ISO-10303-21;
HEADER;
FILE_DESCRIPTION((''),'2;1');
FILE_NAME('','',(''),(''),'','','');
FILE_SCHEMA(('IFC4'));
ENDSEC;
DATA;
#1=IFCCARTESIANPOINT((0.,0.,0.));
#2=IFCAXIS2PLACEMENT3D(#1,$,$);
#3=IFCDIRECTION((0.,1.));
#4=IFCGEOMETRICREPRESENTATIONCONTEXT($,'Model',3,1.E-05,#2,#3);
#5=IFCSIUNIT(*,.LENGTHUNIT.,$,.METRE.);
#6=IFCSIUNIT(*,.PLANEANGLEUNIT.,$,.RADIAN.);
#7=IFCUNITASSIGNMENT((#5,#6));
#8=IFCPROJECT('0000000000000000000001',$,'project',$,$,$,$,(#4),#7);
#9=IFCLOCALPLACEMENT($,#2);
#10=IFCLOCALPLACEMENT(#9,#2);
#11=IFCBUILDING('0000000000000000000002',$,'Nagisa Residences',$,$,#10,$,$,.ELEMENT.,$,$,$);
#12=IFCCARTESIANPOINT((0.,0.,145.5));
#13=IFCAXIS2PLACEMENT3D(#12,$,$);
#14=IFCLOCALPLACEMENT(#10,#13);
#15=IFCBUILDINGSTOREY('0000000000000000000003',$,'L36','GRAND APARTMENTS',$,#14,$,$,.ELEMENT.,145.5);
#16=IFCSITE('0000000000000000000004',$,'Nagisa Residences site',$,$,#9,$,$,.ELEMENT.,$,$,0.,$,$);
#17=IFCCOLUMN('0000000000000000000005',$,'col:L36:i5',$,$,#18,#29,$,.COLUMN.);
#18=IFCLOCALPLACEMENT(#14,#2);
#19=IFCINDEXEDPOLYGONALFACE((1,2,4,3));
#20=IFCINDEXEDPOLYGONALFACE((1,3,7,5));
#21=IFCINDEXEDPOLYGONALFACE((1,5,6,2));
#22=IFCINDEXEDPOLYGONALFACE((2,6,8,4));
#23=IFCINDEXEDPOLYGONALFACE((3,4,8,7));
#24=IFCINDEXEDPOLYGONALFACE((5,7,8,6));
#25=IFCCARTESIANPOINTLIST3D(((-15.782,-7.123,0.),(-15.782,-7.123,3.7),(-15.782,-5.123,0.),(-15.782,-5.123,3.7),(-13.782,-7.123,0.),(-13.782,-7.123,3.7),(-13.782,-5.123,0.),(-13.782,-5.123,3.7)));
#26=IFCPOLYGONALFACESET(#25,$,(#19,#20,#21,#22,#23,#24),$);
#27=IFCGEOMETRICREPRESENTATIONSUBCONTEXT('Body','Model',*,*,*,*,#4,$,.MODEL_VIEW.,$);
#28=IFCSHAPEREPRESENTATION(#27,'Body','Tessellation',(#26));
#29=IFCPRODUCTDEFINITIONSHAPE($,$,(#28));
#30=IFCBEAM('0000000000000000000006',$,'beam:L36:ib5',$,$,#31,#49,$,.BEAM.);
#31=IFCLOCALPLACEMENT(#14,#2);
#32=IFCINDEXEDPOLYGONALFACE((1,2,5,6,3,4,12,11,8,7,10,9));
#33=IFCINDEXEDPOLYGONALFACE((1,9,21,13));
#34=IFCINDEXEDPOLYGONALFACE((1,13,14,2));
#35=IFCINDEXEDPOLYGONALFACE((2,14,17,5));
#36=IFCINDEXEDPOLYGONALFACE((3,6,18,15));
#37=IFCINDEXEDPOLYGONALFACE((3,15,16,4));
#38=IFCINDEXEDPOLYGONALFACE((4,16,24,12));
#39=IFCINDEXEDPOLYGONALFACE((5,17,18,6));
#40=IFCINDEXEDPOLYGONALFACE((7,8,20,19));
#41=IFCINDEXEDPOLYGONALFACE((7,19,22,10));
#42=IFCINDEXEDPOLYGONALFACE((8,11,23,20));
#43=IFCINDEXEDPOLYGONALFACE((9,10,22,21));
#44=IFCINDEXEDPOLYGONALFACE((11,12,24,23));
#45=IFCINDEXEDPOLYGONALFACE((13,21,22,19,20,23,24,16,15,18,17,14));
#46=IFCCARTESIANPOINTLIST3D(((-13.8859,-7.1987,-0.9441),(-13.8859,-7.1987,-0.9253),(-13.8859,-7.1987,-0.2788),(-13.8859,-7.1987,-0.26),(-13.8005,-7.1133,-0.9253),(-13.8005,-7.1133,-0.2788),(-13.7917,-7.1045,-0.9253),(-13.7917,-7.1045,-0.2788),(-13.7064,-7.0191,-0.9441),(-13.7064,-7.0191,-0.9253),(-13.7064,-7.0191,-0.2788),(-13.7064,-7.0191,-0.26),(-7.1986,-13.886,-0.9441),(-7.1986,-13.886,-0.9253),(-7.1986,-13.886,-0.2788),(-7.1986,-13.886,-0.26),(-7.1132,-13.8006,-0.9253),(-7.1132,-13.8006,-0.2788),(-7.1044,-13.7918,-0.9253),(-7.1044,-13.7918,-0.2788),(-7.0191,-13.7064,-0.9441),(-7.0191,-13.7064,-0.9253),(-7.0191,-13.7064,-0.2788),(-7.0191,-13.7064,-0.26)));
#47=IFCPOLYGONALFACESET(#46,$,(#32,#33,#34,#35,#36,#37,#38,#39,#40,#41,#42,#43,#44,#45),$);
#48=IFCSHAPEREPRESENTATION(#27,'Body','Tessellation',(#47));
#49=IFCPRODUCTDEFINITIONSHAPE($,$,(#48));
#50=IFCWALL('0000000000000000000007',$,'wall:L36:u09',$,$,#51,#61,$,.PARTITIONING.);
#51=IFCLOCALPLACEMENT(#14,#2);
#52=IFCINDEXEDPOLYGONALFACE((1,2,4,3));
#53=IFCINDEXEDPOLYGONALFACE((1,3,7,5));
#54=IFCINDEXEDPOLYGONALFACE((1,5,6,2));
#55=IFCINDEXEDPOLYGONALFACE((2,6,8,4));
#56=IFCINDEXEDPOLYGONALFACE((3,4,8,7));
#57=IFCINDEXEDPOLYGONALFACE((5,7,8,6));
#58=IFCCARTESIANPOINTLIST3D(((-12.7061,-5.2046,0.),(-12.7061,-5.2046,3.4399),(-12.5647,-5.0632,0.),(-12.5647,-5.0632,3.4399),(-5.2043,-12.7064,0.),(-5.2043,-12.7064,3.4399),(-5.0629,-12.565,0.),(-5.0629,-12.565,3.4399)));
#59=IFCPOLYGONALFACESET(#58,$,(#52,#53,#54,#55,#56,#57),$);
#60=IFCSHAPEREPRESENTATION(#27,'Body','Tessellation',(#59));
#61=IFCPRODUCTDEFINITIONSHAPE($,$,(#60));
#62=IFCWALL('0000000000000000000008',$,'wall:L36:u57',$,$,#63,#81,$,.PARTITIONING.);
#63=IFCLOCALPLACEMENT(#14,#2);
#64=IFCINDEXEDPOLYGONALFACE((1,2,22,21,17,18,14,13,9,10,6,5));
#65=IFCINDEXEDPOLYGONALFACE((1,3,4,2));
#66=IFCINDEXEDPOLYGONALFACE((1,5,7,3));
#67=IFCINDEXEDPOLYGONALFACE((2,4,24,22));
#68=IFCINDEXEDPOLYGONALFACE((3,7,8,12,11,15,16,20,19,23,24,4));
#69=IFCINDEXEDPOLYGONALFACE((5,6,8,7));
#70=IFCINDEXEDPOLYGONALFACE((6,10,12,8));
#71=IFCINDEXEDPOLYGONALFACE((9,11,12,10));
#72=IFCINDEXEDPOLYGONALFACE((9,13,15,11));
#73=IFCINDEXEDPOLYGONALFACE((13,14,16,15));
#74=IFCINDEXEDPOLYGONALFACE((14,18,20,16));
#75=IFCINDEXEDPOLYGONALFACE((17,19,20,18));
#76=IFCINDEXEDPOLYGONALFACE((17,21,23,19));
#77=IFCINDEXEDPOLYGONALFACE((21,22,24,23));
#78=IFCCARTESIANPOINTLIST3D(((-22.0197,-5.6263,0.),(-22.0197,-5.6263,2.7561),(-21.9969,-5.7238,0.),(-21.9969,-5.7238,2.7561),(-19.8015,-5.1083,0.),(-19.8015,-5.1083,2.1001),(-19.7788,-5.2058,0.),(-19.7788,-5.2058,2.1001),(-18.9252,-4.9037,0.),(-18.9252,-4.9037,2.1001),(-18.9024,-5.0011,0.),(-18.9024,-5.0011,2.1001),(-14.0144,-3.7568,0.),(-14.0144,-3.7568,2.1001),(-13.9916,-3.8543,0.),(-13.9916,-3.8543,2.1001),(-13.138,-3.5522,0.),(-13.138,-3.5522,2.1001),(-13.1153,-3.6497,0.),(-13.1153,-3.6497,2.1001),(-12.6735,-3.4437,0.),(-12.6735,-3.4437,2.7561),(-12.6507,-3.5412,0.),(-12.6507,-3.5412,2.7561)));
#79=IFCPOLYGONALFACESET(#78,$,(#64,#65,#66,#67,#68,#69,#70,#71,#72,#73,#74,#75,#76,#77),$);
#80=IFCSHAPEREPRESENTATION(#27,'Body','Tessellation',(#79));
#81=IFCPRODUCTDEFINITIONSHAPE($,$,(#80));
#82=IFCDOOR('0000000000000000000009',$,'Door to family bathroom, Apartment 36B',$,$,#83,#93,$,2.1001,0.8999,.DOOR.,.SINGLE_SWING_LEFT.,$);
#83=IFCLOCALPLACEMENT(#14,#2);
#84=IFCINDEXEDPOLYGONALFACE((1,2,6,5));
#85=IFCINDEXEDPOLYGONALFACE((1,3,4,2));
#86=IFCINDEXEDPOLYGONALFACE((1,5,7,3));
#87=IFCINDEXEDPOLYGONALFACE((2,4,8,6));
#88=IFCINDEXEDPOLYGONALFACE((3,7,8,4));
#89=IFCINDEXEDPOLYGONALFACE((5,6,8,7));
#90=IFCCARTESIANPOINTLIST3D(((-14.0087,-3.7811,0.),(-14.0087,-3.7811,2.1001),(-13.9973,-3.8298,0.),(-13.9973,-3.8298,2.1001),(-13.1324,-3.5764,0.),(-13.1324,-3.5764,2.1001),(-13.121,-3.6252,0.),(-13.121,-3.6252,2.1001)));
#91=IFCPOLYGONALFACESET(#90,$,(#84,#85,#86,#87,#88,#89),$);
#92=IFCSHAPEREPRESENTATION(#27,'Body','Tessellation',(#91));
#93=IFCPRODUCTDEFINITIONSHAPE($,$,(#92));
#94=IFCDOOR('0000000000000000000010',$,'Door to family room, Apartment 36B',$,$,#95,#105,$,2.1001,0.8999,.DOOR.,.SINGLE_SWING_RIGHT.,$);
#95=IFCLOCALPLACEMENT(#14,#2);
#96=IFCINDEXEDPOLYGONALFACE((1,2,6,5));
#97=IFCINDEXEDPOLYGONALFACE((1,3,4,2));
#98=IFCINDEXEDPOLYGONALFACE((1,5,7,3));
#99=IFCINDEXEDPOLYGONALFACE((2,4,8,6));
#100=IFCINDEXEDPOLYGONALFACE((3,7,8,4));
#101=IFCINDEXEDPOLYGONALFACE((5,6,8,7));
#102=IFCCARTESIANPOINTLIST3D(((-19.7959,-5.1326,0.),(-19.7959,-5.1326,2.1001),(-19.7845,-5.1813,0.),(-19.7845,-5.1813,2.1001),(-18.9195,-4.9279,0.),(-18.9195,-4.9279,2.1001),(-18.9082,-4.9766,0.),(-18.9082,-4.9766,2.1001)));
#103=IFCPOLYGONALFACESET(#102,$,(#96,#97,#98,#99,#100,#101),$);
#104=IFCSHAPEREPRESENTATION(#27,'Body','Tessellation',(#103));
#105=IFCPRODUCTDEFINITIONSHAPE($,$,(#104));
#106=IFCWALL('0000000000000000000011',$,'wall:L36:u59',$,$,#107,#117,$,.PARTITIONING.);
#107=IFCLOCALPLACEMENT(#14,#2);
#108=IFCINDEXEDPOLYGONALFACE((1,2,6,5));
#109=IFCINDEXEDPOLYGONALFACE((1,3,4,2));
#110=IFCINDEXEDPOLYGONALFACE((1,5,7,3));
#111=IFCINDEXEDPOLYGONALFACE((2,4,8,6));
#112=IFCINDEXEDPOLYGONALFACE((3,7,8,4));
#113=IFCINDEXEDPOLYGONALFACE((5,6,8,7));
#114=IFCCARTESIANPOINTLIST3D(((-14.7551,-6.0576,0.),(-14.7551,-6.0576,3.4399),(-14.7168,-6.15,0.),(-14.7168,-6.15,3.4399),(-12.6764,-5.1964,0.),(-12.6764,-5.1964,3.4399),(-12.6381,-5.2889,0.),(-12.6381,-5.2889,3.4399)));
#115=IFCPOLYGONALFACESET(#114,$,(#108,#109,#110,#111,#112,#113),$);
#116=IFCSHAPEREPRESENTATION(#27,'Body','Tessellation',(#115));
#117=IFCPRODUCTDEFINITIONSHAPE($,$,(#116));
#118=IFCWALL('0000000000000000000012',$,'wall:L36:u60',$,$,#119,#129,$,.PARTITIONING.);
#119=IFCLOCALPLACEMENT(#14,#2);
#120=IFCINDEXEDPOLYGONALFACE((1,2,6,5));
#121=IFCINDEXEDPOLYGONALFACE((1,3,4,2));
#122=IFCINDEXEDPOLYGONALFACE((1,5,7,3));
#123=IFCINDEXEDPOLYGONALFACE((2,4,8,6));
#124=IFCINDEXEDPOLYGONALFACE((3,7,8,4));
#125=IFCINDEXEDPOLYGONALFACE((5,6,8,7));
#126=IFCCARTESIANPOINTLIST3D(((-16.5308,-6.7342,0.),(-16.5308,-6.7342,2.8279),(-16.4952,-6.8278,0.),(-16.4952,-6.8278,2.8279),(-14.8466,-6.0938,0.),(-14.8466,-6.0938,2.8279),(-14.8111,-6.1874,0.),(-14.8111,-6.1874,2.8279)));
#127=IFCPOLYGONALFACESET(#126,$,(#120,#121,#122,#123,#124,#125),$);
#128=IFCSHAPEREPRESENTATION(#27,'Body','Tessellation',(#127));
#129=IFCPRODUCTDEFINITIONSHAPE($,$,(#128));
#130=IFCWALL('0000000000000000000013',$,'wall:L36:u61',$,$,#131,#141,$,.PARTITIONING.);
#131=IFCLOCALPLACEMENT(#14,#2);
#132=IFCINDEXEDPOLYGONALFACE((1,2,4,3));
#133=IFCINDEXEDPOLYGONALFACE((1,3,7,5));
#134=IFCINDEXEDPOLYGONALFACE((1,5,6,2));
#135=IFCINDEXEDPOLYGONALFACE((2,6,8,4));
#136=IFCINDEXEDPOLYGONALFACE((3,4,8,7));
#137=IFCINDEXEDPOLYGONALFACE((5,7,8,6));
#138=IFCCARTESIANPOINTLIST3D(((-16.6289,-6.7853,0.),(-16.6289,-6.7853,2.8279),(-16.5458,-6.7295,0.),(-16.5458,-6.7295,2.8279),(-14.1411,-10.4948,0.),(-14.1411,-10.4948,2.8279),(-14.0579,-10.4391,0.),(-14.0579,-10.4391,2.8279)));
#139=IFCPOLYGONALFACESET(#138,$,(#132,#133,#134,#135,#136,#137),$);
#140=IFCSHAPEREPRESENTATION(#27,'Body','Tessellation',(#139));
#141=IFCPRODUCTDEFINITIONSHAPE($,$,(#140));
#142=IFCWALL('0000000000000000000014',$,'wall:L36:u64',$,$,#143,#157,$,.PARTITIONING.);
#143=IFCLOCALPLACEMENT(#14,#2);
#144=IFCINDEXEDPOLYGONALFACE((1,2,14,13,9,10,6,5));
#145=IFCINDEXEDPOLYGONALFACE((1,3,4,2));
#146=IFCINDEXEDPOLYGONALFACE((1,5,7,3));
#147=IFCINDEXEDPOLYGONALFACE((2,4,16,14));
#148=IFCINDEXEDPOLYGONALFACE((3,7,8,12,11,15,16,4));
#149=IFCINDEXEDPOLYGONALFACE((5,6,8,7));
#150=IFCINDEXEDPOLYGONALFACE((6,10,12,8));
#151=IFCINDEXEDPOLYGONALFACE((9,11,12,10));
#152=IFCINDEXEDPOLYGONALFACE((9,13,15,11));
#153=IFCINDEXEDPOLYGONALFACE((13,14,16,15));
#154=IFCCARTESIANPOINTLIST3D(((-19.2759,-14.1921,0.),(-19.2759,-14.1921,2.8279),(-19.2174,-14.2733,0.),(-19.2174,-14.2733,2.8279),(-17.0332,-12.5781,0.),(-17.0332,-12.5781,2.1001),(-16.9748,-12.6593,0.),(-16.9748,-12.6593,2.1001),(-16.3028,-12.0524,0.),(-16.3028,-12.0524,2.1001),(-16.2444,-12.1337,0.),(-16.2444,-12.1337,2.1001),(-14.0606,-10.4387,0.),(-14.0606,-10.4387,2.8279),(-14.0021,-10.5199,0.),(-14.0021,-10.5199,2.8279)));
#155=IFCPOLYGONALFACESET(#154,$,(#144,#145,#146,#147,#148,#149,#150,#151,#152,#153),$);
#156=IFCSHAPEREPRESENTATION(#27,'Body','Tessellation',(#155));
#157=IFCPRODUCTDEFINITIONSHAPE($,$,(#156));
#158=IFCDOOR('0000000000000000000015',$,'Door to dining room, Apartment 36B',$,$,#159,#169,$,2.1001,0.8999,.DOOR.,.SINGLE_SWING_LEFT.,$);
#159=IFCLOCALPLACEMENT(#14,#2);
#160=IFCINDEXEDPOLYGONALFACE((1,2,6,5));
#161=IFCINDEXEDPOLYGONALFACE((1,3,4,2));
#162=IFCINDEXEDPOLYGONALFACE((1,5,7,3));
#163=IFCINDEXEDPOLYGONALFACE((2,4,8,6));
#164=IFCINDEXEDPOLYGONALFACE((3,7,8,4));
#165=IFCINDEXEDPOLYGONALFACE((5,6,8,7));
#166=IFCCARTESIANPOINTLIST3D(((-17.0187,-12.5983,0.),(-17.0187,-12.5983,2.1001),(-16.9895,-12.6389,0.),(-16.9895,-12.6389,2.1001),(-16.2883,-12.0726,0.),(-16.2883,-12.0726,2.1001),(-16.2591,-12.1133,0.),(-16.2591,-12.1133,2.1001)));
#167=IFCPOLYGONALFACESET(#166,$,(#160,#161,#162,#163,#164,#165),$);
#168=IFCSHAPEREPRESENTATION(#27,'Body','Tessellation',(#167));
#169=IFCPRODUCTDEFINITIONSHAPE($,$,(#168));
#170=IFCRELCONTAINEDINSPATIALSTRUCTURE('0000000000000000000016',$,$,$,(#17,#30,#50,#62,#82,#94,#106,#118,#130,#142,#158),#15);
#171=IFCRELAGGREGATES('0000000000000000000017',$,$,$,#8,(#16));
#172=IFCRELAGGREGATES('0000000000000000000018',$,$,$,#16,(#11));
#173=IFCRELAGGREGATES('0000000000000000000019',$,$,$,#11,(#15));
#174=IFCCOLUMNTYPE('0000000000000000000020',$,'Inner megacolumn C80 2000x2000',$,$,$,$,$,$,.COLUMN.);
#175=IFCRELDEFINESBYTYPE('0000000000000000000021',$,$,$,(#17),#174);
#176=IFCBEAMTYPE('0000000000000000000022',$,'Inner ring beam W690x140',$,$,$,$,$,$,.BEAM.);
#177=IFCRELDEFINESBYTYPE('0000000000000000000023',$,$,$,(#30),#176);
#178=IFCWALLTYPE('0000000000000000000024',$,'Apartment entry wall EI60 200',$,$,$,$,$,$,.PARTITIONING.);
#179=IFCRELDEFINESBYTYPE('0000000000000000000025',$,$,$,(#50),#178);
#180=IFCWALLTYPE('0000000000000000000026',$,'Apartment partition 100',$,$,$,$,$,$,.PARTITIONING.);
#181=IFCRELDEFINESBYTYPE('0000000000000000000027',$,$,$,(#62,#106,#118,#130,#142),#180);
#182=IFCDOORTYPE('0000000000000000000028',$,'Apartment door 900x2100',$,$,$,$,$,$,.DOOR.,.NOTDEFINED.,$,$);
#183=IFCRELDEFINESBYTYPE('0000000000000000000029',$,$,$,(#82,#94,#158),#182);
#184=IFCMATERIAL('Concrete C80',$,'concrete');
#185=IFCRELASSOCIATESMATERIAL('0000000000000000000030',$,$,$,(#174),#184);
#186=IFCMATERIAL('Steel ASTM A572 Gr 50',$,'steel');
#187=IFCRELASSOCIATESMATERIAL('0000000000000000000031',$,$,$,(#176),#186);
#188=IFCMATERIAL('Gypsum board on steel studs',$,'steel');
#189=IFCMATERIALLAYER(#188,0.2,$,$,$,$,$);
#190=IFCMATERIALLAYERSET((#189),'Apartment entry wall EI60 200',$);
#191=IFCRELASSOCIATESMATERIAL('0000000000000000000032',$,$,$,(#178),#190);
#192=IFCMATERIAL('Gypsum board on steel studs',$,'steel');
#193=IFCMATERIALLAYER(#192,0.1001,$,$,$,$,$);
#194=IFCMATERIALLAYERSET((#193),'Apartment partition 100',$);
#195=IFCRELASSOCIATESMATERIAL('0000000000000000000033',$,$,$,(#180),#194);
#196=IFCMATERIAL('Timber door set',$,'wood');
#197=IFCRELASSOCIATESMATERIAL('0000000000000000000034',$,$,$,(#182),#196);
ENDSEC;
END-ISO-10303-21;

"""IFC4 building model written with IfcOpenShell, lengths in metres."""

from ifc_helpers import new_model, si_unit, direction, frame, frame_2d, origin, origin_2d, place, context, subcontext, project, spatial, rectangle, i_section, extrude, material, layer, layer_set, material_profile, profile_set, type_object, element, fill, save


model = new_model("IFC4")

# Units and contexts
model_context = context("Model", 3, precision=1e-05, world=origin(), true_north=direction((0.0, 1.0)))
body_context = subcontext(model_context, "Body", "Model", "MODEL_VIEW")
ifc_project = project(units=[si_unit("LENGTHUNIT", "METRE"), si_unit("PLANEANGLEUNIT", "RADIAN")], contexts=[model_context])

# Site, building, storey
site_placement = place(None, origin())
site = spatial("IfcSite", under=ifc_project, at=site_placement, Name="Nagisa Residences site", CompositionType="ELEMENT", RefElevation=0.0)
building_placement = place(site_placement, origin())
building = spatial("IfcBuilding", under=site, at=building_placement, Name="Nagisa Residences", CompositionType="ELEMENT")
storey_placement = place(building_placement, frame((0.0, 0.0, 145.5)))
storey = spatial("IfcBuildingStorey", under=building, at=storey_placement, Name="L36", Description="GRAND APARTMENTS", CompositionType="ELEMENT", Elevation=145.5)

# Column
ifc_material_1 = material(Name="Concrete C80", Category="concrete")
ifc_material_profile_1 = material_profile(ifc_material_1, rectangle(XDim=2.0, YDim=2.0, at=origin_2d()), Name="C80 2000x2000")
ifc_profile_set_1 = profile_set([ifc_material_profile_1], Name="Concrete C80")
column_type = type_object("IfcColumnType", Name="Inner megacolumn C80 2000x2000", PredefinedType="COLUMN", material=ifc_profile_set_1)
column_placement = place(storey_placement, frame((-14.782, -6.123, 0.0), z_axis=(0.0, 0.0, 1.0), x_axis=(1.0, 0.0, 0.0)))
element("IfcColumn", 1, at=column_placement, inside=storey, type_object=column_type, Name="col:L36:i5", PredefinedType="COLUMN", context=body_context, shape_type="SweptSolid", body=[
    extrude(rectangle(XDim=2.0, YDim=2.0, at=origin_2d()), origin(), (0.0, 0.0, 1.0), 3.7),
])

# Beam
ifc_material_2 = material(Name="Steel ASTM A572 Gr 50", Category="steel")
ifc_material_profile_2 = material_profile(ifc_material_2, i_section(OverallWidth=0.2539, OverallDepth=0.6841, WebThickness=0.0125, FlangeThickness=0.0188, at=origin_2d()), Name="W690x140")
ifc_profile_set_2 = profile_set([ifc_material_profile_2], Name="Steel ASTM A572 Gr 50")
beam_type = type_object("IfcBeamType", Name="Inner ring beam W690x140", PredefinedType="BEAM", material=ifc_profile_set_2)
beam_placement = place(storey_placement, frame((-13.7961, -7.1089, -0.6021), z_axis=(0.707107, -0.707107, 0.0), x_axis=(0.707107, 0.707107, 0.0)))
element("IfcBeam", 2, at=beam_placement, inside=storey, type_object=beam_type, Name="beam:L36:ib5", PredefinedType="BEAM", context=body_context, shape_type="SweptSolid", body=[
    extrude(i_section(OverallWidth=0.2539, OverallDepth=0.6841, WebThickness=0.0125, FlangeThickness=0.0188, at=origin_2d()), origin(), (0.0, 0.0, 1.0), 9.4573),
])

# Wall
ifc_material_3 = material(Name="Gypsum board on steel studs", Category="steel")
ifc_layer_1 = layer(ifc_material_3, 0.2)
ifc_layer_set_1 = layer_set([ifc_layer_1], Name="Apartment entry wall EI60 200")
wall_type_1 = type_object("IfcWallType", Name="Apartment entry wall EI60 200", PredefinedType="PARTITIONING", material=ifc_layer_set_1)
wall_1_placement = place(storey_placement, frame((-12.6355, -5.1338, 0.0), z_axis=(0.0, 0.0, 1.0), x_axis=(0.707107, -0.707107, 0.0)))
element("IfcWall", 3, at=wall_1_placement, inside=storey, type_object=wall_type_1, Name="wall:L36:u09", PredefinedType="PARTITIONING", context=body_context, shape_type="SweptSolid", body=[
    extrude(rectangle(XDim=10.6091, YDim=0.2, at=frame_2d((5.3047, 0.0))), origin(), (0.0, 0.0, 1.0), 3.4399),
])

# Wall, openings, doors
ifc_material_4 = material(Name="Gypsum board on steel studs", Category="steel")
ifc_layer_2 = layer(ifc_material_4, 0.1001)
ifc_layer_set_2 = layer_set([ifc_layer_2], Name="Apartment partition 100")
wall_type_2 = type_object("IfcWallType", Name="Apartment partition 100", PredefinedType="PARTITIONING", material=ifc_layer_set_2)
wall_2_placement = place(storey_placement, frame((-12.6621, -3.4924, 0.0), z_axis=(0.0, 0.0, 1.0), x_axis=(-0.973799, -0.227411, 0.0)))
wall_2 = element("IfcWall", 4, at=wall_2_placement, inside=storey, type_object=wall_type_2, Name="wall:L36:u57", PredefinedType="PARTITIONING", context=body_context, shape_type="SweptSolid", body=[
    extrude(rectangle(XDim=9.5977, YDim=0.1001, at=frame_2d((4.7988, 0.0))), origin(), (0.0, 0.0, 1.0), 2.7561),
])
opening_1_placement = place(wall_2_placement, frame((0.4771, 0.0, 0.0)))
opening_1 = element("IfcOpeningElement", 5, at=opening_1_placement, cuts=wall_2, PredefinedType="OPENING", context=body_context, shape_type="SweptSolid", body=[
    extrude(rectangle(XDim=0.8999, YDim=2.1001, at=frame_2d((0.45, 1.05))), frame((0.0, 0.0601, 0.0), z_axis=(0.0, -1.0, 0.0), x_axis=(1.0, 0.0, 0.0)), (0.0, 0.0, 1.0), 0.1201),
])
opening_2_placement = place(wall_2_placement, frame((6.4199, 0.0, 0.0)))
opening_2 = element("IfcOpeningElement", 6, at=opening_2_placement, cuts=wall_2, PredefinedType="OPENING", context=body_context, shape_type="SweptSolid", body=[
    extrude(rectangle(XDim=0.8999, YDim=2.1001, at=frame_2d((0.45, 1.05))), frame((0.0, 0.0601, 0.0), z_axis=(0.0, -1.0, 0.0), x_axis=(1.0, 0.0, 0.0)), (0.0, 0.0, 1.0), 0.1201),
])
ifc_material_5 = material(Name="Timber door set", Category="wood")
door_type_1 = type_object("IfcDoorType", Name="Apartment door 900x2100", OperationType="NOTDEFINED", PredefinedType="DOOR", material=ifc_material_5)
door_1_placement = place(opening_1_placement, origin())
door_1 = element("IfcDoor", 7, at=door_1_placement, inside=storey, type_object=door_type_1, Name="Door to family bathroom, Apartment 36B", OperationType="SINGLE_SWING_LEFT", OverallHeight=2.1001, OverallWidth=0.8999, PredefinedType="DOOR", context=body_context, shape_type="SweptSolid", body=[
    extrude(rectangle(XDim=0.8999, YDim=2.1001, at=frame_2d((0.45, 1.05))), frame((0.0, 0.0249, 0.0), z_axis=(0.0, -1.0, 0.0), x_axis=(1.0, 0.0, 0.0)), (0.0, 0.0, 1.0), 0.05),
])
fill(opening_1, door_1)
door_2_placement = place(opening_2_placement, origin())
door_2 = element("IfcDoor", 8, at=door_2_placement, inside=storey, type_object=door_type_1, Name="Door to family room, Apartment 36B", OperationType="SINGLE_SWING_RIGHT", OverallHeight=2.1001, OverallWidth=0.8999, PredefinedType="DOOR", context=body_context, shape_type="SweptSolid", body=[
    extrude(rectangle(XDim=0.8999, YDim=2.1001, at=frame_2d((0.45, 1.05))), frame((0.0, 0.0249, 0.0), z_axis=(0.0, -1.0, 0.0), x_axis=(1.0, 0.0, 0.0)), (0.0, 0.0, 1.0), 0.05),
])
fill(opening_2, door_2)

# Walls
wall_3_placement = place(storey_placement, frame((-12.6572, -5.2427, 0.0), z_axis=(0.0, 0.0, 1.0), x_axis=(-0.923865, -0.382719, 0.0)))
element("IfcWall", 9, at=wall_3_placement, inside=storey, type_object=wall_type_2, Name="wall:L36:u59", PredefinedType="PARTITIONING", context=body_context, shape_type="SweptSolid", body=[
    extrude(rectangle(XDim=2.25, YDim=0.1001, at=frame_2d((1.125, 0.0))), origin(), (0.0, 0.0, 1.0), 3.4399),
])
wall_4_placement = place(storey_placement, frame((-14.8289, -6.1406, 0.0), z_axis=(0.0, 0.0, 1.0), x_axis=(-0.934704, -0.355426, 0.0)))
element("IfcWall", 10, at=wall_4_placement, inside=storey, type_object=wall_type_2, Name="wall:L36:u60", PredefinedType="PARTITIONING", context=body_context, shape_type="SweptSolid", body=[
    extrude(rectangle(XDim=1.8018, YDim=0.1001, at=frame_2d((0.9009, 0.0))), origin(), (0.0, 0.0, 1.0), 2.8279),
])
wall_5_placement = place(storey_placement, frame((-16.5874, -6.7573, 0.0), z_axis=(0.0, 0.0, 1.0), x_axis=(0.556994, -0.830517, 0.0)))
element("IfcWall", 11, at=wall_5_placement, inside=storey, type_object=wall_type_2, Name="wall:L36:u61", PredefinedType="PARTITIONING", context=body_context, shape_type="SweptSolid", body=[
    extrude(rectangle(XDim=4.4666, YDim=0.1001, at=frame_2d((2.2334, 0.0))), origin(), (0.0, 0.0, 1.0), 2.8279),
])

# Wall, opening, door
wall_6_placement = place(storey_placement, frame((-14.0312, -10.4792, 0.0), z_axis=(0.0, 0.0, 1.0), x_axis=(-0.811654, -0.584139, 0.0)))
wall_6 = element("IfcWall", 12, at=wall_6_placement, inside=storey, type_object=wall_type_2, Name="wall:L36:u64", PredefinedType="PARTITIONING", context=body_context, shape_type="SweptSolid", body=[
    extrude(rectangle(XDim=6.4255, YDim=0.1001, at=frame_2d((3.2129, 0.0))), origin(), (0.0, 0.0, 1.0), 2.8279),
])
opening_3_placement = place(wall_6_placement, frame((2.7627, 0.0, 0.0)))
opening_3 = element("IfcOpeningElement", 13, at=opening_3_placement, cuts=wall_6, PredefinedType="OPENING", context=body_context, shape_type="SweptSolid", body=[
    extrude(rectangle(XDim=0.8999, YDim=2.1001, at=frame_2d((0.45, 1.05))), frame((0.0, 0.0601, 0.0), z_axis=(0.0, -1.0, 0.0), x_axis=(1.0, 0.0, 0.0)), (0.0, 0.0, 1.0), 0.1201),
])
door_3_placement = place(opening_3_placement, origin())
door_3 = element("IfcDoor", 14, at=door_3_placement, inside=storey, type_object=door_type_1, Name="Door to dining room, Apartment 36B", OperationType="SINGLE_SWING_LEFT", OverallHeight=2.1001, OverallWidth=0.8999, PredefinedType="DOOR", context=body_context, shape_type="SweptSolid", body=[
    extrude(rectangle(XDim=0.8999, YDim=2.1001, at=frame_2d((0.45, 1.05))), frame((0.0, 0.0249, 0.0), z_axis=(0.0, -1.0, 0.0), x_axis=(1.0, 0.0, 0.0)), (0.0, 0.0, 1.0), 0.05),
])
fill(opening_3, door_3)

save(model, "model.ifc")
